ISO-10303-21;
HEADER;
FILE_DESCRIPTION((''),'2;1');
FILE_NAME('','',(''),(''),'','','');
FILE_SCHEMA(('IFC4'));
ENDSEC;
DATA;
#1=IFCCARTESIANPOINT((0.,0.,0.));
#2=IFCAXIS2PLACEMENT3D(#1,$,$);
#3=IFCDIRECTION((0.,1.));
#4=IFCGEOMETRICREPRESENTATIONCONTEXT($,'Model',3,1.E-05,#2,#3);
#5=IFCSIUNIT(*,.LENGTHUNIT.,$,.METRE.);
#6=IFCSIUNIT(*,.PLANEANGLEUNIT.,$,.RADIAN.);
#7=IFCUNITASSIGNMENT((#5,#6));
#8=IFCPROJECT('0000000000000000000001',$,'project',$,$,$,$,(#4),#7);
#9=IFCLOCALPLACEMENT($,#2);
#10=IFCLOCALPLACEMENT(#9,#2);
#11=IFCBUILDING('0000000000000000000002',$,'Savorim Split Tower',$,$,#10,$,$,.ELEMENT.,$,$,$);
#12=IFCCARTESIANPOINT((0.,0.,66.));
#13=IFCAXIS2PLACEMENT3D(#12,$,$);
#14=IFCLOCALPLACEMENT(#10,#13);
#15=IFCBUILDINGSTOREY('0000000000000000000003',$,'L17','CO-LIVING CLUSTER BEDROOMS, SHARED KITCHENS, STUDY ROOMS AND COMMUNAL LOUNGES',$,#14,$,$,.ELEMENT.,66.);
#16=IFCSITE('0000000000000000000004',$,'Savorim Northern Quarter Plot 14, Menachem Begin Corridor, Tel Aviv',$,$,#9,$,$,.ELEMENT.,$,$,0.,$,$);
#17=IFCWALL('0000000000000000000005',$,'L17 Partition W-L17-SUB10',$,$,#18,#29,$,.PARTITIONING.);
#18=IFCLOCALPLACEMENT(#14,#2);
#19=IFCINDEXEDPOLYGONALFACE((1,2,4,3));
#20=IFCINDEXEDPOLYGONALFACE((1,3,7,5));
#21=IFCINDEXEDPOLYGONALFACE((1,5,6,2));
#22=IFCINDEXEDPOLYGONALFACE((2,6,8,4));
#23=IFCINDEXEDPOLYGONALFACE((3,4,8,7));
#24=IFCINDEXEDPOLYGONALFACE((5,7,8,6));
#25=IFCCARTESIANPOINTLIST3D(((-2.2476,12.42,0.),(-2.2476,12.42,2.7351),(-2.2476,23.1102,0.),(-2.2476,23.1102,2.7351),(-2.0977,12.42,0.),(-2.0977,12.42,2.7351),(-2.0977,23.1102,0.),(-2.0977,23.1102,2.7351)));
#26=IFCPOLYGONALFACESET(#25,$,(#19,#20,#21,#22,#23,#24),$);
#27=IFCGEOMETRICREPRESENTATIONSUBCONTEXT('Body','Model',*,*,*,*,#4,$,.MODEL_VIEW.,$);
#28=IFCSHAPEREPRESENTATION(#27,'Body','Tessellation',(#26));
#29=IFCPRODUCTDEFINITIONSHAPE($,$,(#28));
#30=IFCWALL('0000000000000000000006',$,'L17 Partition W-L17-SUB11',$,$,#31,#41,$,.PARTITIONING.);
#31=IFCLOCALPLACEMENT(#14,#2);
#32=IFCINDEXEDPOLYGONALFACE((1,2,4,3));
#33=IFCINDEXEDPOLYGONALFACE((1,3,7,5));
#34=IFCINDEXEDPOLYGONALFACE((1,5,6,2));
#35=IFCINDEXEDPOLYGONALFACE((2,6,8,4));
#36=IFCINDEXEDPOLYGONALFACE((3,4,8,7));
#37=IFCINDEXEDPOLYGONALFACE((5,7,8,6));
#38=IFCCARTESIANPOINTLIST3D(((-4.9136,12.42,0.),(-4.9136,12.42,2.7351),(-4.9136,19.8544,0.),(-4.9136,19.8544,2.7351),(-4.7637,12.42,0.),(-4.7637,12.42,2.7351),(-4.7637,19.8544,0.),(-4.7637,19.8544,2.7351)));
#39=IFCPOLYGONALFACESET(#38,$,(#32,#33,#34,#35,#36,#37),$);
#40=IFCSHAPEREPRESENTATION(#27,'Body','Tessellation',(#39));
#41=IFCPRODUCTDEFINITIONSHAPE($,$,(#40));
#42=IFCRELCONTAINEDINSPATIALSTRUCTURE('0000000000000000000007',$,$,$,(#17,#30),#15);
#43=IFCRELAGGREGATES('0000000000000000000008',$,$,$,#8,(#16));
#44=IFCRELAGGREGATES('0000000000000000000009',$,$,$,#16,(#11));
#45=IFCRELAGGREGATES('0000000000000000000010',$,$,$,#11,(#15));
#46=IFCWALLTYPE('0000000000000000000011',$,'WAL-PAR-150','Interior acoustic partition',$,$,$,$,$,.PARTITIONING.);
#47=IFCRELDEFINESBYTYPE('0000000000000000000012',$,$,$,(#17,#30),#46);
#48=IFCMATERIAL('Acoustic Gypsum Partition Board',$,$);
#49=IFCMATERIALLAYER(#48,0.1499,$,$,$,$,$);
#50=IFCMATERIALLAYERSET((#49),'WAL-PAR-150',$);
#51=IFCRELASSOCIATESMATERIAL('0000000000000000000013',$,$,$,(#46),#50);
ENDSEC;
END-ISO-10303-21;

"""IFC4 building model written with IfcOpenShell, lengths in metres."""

from ifc_helpers import new_model, si_unit, direction, frame, frame_2d, origin, place, context, subcontext, project, spatial, rectangle, extrude, material, layer, layer_set, type_object, element, save


model = new_model("IFC4")

# Units and contexts
model_context = context("Model", 3, precision=1e-05, world=origin(), true_north=direction((0.0, 1.0)))
body_context = subcontext(model_context, "Body", "Model", "MODEL_VIEW")
ifc_project = project(units=[si_unit("LENGTHUNIT", "METRE"), si_unit("PLANEANGLEUNIT", "RADIAN")], contexts=[model_context])

# Site, building, storey
site_placement = place(None, origin())
site = spatial("IfcSite", under=ifc_project, at=site_placement, Name="Savorim Northern Quarter Plot 14, Menachem Begin Corridor, Tel Aviv", CompositionType="ELEMENT", RefElevation=0.0)
building_placement = place(site_placement, origin())
building = spatial("IfcBuilding", under=site, at=building_placement, Name="Savorim Split Tower", CompositionType="ELEMENT")
storey_placement = place(building_placement, frame((0.0, 0.0, 66.0)))
storey = spatial("IfcBuildingStorey", under=building, at=storey_placement, Name="L17", Description="CO-LIVING CLUSTER BEDROOMS, SHARED KITCHENS, STUDY ROOMS AND COMMUNAL LOUNGES", CompositionType="ELEMENT", Elevation=66.0)

# Shared definitions
ifc_material_1 = material(Name="Acoustic Gypsum Partition Board")
ifc_layer_1 = layer(ifc_material_1, 0.1499)
ifc_layer_set_1 = layer_set([ifc_layer_1], Name="WAL-PAR-150")
wall_type = type_object("IfcWallType", Name="WAL-PAR-150", Description="Interior acoustic partition", PredefinedType="PARTITIONING", material=ifc_layer_set_1)

# Walls
wall_1_placement = place(storey_placement, frame((-2.1726, 12.4199, 0.0), z_axis=(0.0, 0.0, 1.0), x_axis=(0.0, 1.0, 0.0)))
element("IfcWall", 1, at=wall_1_placement, inside=storey, type_object=wall_type, Name="L17 Partition W-L17-SUB10", PredefinedType="PARTITIONING", context=body_context, shape_type="SweptSolid", body=[
    extrude(rectangle(XDim=10.6902, YDim=0.1499, at=frame_2d((5.3452, 0.0))), origin(), (0.0, 0.0, 1.0), 2.7351),
])
wall_2_placement = place(storey_placement, frame((-4.8386, 12.4199, 0.0), z_axis=(0.0, 0.0, 1.0), x_axis=(0.0, 1.0, 0.0)))
element("IfcWall", 2, at=wall_2_placement, inside=storey, type_object=wall_type, Name="L17 Partition W-L17-SUB11", PredefinedType="PARTITIONING", context=body_context, shape_type="SweptSolid", body=[
    extrude(rectangle(XDim=7.4343, YDim=0.1499, at=frame_2d((3.7173, 0.0))), origin(), (0.0, 0.0, 1.0), 2.7351),
])

save(model, "model.ifc")
